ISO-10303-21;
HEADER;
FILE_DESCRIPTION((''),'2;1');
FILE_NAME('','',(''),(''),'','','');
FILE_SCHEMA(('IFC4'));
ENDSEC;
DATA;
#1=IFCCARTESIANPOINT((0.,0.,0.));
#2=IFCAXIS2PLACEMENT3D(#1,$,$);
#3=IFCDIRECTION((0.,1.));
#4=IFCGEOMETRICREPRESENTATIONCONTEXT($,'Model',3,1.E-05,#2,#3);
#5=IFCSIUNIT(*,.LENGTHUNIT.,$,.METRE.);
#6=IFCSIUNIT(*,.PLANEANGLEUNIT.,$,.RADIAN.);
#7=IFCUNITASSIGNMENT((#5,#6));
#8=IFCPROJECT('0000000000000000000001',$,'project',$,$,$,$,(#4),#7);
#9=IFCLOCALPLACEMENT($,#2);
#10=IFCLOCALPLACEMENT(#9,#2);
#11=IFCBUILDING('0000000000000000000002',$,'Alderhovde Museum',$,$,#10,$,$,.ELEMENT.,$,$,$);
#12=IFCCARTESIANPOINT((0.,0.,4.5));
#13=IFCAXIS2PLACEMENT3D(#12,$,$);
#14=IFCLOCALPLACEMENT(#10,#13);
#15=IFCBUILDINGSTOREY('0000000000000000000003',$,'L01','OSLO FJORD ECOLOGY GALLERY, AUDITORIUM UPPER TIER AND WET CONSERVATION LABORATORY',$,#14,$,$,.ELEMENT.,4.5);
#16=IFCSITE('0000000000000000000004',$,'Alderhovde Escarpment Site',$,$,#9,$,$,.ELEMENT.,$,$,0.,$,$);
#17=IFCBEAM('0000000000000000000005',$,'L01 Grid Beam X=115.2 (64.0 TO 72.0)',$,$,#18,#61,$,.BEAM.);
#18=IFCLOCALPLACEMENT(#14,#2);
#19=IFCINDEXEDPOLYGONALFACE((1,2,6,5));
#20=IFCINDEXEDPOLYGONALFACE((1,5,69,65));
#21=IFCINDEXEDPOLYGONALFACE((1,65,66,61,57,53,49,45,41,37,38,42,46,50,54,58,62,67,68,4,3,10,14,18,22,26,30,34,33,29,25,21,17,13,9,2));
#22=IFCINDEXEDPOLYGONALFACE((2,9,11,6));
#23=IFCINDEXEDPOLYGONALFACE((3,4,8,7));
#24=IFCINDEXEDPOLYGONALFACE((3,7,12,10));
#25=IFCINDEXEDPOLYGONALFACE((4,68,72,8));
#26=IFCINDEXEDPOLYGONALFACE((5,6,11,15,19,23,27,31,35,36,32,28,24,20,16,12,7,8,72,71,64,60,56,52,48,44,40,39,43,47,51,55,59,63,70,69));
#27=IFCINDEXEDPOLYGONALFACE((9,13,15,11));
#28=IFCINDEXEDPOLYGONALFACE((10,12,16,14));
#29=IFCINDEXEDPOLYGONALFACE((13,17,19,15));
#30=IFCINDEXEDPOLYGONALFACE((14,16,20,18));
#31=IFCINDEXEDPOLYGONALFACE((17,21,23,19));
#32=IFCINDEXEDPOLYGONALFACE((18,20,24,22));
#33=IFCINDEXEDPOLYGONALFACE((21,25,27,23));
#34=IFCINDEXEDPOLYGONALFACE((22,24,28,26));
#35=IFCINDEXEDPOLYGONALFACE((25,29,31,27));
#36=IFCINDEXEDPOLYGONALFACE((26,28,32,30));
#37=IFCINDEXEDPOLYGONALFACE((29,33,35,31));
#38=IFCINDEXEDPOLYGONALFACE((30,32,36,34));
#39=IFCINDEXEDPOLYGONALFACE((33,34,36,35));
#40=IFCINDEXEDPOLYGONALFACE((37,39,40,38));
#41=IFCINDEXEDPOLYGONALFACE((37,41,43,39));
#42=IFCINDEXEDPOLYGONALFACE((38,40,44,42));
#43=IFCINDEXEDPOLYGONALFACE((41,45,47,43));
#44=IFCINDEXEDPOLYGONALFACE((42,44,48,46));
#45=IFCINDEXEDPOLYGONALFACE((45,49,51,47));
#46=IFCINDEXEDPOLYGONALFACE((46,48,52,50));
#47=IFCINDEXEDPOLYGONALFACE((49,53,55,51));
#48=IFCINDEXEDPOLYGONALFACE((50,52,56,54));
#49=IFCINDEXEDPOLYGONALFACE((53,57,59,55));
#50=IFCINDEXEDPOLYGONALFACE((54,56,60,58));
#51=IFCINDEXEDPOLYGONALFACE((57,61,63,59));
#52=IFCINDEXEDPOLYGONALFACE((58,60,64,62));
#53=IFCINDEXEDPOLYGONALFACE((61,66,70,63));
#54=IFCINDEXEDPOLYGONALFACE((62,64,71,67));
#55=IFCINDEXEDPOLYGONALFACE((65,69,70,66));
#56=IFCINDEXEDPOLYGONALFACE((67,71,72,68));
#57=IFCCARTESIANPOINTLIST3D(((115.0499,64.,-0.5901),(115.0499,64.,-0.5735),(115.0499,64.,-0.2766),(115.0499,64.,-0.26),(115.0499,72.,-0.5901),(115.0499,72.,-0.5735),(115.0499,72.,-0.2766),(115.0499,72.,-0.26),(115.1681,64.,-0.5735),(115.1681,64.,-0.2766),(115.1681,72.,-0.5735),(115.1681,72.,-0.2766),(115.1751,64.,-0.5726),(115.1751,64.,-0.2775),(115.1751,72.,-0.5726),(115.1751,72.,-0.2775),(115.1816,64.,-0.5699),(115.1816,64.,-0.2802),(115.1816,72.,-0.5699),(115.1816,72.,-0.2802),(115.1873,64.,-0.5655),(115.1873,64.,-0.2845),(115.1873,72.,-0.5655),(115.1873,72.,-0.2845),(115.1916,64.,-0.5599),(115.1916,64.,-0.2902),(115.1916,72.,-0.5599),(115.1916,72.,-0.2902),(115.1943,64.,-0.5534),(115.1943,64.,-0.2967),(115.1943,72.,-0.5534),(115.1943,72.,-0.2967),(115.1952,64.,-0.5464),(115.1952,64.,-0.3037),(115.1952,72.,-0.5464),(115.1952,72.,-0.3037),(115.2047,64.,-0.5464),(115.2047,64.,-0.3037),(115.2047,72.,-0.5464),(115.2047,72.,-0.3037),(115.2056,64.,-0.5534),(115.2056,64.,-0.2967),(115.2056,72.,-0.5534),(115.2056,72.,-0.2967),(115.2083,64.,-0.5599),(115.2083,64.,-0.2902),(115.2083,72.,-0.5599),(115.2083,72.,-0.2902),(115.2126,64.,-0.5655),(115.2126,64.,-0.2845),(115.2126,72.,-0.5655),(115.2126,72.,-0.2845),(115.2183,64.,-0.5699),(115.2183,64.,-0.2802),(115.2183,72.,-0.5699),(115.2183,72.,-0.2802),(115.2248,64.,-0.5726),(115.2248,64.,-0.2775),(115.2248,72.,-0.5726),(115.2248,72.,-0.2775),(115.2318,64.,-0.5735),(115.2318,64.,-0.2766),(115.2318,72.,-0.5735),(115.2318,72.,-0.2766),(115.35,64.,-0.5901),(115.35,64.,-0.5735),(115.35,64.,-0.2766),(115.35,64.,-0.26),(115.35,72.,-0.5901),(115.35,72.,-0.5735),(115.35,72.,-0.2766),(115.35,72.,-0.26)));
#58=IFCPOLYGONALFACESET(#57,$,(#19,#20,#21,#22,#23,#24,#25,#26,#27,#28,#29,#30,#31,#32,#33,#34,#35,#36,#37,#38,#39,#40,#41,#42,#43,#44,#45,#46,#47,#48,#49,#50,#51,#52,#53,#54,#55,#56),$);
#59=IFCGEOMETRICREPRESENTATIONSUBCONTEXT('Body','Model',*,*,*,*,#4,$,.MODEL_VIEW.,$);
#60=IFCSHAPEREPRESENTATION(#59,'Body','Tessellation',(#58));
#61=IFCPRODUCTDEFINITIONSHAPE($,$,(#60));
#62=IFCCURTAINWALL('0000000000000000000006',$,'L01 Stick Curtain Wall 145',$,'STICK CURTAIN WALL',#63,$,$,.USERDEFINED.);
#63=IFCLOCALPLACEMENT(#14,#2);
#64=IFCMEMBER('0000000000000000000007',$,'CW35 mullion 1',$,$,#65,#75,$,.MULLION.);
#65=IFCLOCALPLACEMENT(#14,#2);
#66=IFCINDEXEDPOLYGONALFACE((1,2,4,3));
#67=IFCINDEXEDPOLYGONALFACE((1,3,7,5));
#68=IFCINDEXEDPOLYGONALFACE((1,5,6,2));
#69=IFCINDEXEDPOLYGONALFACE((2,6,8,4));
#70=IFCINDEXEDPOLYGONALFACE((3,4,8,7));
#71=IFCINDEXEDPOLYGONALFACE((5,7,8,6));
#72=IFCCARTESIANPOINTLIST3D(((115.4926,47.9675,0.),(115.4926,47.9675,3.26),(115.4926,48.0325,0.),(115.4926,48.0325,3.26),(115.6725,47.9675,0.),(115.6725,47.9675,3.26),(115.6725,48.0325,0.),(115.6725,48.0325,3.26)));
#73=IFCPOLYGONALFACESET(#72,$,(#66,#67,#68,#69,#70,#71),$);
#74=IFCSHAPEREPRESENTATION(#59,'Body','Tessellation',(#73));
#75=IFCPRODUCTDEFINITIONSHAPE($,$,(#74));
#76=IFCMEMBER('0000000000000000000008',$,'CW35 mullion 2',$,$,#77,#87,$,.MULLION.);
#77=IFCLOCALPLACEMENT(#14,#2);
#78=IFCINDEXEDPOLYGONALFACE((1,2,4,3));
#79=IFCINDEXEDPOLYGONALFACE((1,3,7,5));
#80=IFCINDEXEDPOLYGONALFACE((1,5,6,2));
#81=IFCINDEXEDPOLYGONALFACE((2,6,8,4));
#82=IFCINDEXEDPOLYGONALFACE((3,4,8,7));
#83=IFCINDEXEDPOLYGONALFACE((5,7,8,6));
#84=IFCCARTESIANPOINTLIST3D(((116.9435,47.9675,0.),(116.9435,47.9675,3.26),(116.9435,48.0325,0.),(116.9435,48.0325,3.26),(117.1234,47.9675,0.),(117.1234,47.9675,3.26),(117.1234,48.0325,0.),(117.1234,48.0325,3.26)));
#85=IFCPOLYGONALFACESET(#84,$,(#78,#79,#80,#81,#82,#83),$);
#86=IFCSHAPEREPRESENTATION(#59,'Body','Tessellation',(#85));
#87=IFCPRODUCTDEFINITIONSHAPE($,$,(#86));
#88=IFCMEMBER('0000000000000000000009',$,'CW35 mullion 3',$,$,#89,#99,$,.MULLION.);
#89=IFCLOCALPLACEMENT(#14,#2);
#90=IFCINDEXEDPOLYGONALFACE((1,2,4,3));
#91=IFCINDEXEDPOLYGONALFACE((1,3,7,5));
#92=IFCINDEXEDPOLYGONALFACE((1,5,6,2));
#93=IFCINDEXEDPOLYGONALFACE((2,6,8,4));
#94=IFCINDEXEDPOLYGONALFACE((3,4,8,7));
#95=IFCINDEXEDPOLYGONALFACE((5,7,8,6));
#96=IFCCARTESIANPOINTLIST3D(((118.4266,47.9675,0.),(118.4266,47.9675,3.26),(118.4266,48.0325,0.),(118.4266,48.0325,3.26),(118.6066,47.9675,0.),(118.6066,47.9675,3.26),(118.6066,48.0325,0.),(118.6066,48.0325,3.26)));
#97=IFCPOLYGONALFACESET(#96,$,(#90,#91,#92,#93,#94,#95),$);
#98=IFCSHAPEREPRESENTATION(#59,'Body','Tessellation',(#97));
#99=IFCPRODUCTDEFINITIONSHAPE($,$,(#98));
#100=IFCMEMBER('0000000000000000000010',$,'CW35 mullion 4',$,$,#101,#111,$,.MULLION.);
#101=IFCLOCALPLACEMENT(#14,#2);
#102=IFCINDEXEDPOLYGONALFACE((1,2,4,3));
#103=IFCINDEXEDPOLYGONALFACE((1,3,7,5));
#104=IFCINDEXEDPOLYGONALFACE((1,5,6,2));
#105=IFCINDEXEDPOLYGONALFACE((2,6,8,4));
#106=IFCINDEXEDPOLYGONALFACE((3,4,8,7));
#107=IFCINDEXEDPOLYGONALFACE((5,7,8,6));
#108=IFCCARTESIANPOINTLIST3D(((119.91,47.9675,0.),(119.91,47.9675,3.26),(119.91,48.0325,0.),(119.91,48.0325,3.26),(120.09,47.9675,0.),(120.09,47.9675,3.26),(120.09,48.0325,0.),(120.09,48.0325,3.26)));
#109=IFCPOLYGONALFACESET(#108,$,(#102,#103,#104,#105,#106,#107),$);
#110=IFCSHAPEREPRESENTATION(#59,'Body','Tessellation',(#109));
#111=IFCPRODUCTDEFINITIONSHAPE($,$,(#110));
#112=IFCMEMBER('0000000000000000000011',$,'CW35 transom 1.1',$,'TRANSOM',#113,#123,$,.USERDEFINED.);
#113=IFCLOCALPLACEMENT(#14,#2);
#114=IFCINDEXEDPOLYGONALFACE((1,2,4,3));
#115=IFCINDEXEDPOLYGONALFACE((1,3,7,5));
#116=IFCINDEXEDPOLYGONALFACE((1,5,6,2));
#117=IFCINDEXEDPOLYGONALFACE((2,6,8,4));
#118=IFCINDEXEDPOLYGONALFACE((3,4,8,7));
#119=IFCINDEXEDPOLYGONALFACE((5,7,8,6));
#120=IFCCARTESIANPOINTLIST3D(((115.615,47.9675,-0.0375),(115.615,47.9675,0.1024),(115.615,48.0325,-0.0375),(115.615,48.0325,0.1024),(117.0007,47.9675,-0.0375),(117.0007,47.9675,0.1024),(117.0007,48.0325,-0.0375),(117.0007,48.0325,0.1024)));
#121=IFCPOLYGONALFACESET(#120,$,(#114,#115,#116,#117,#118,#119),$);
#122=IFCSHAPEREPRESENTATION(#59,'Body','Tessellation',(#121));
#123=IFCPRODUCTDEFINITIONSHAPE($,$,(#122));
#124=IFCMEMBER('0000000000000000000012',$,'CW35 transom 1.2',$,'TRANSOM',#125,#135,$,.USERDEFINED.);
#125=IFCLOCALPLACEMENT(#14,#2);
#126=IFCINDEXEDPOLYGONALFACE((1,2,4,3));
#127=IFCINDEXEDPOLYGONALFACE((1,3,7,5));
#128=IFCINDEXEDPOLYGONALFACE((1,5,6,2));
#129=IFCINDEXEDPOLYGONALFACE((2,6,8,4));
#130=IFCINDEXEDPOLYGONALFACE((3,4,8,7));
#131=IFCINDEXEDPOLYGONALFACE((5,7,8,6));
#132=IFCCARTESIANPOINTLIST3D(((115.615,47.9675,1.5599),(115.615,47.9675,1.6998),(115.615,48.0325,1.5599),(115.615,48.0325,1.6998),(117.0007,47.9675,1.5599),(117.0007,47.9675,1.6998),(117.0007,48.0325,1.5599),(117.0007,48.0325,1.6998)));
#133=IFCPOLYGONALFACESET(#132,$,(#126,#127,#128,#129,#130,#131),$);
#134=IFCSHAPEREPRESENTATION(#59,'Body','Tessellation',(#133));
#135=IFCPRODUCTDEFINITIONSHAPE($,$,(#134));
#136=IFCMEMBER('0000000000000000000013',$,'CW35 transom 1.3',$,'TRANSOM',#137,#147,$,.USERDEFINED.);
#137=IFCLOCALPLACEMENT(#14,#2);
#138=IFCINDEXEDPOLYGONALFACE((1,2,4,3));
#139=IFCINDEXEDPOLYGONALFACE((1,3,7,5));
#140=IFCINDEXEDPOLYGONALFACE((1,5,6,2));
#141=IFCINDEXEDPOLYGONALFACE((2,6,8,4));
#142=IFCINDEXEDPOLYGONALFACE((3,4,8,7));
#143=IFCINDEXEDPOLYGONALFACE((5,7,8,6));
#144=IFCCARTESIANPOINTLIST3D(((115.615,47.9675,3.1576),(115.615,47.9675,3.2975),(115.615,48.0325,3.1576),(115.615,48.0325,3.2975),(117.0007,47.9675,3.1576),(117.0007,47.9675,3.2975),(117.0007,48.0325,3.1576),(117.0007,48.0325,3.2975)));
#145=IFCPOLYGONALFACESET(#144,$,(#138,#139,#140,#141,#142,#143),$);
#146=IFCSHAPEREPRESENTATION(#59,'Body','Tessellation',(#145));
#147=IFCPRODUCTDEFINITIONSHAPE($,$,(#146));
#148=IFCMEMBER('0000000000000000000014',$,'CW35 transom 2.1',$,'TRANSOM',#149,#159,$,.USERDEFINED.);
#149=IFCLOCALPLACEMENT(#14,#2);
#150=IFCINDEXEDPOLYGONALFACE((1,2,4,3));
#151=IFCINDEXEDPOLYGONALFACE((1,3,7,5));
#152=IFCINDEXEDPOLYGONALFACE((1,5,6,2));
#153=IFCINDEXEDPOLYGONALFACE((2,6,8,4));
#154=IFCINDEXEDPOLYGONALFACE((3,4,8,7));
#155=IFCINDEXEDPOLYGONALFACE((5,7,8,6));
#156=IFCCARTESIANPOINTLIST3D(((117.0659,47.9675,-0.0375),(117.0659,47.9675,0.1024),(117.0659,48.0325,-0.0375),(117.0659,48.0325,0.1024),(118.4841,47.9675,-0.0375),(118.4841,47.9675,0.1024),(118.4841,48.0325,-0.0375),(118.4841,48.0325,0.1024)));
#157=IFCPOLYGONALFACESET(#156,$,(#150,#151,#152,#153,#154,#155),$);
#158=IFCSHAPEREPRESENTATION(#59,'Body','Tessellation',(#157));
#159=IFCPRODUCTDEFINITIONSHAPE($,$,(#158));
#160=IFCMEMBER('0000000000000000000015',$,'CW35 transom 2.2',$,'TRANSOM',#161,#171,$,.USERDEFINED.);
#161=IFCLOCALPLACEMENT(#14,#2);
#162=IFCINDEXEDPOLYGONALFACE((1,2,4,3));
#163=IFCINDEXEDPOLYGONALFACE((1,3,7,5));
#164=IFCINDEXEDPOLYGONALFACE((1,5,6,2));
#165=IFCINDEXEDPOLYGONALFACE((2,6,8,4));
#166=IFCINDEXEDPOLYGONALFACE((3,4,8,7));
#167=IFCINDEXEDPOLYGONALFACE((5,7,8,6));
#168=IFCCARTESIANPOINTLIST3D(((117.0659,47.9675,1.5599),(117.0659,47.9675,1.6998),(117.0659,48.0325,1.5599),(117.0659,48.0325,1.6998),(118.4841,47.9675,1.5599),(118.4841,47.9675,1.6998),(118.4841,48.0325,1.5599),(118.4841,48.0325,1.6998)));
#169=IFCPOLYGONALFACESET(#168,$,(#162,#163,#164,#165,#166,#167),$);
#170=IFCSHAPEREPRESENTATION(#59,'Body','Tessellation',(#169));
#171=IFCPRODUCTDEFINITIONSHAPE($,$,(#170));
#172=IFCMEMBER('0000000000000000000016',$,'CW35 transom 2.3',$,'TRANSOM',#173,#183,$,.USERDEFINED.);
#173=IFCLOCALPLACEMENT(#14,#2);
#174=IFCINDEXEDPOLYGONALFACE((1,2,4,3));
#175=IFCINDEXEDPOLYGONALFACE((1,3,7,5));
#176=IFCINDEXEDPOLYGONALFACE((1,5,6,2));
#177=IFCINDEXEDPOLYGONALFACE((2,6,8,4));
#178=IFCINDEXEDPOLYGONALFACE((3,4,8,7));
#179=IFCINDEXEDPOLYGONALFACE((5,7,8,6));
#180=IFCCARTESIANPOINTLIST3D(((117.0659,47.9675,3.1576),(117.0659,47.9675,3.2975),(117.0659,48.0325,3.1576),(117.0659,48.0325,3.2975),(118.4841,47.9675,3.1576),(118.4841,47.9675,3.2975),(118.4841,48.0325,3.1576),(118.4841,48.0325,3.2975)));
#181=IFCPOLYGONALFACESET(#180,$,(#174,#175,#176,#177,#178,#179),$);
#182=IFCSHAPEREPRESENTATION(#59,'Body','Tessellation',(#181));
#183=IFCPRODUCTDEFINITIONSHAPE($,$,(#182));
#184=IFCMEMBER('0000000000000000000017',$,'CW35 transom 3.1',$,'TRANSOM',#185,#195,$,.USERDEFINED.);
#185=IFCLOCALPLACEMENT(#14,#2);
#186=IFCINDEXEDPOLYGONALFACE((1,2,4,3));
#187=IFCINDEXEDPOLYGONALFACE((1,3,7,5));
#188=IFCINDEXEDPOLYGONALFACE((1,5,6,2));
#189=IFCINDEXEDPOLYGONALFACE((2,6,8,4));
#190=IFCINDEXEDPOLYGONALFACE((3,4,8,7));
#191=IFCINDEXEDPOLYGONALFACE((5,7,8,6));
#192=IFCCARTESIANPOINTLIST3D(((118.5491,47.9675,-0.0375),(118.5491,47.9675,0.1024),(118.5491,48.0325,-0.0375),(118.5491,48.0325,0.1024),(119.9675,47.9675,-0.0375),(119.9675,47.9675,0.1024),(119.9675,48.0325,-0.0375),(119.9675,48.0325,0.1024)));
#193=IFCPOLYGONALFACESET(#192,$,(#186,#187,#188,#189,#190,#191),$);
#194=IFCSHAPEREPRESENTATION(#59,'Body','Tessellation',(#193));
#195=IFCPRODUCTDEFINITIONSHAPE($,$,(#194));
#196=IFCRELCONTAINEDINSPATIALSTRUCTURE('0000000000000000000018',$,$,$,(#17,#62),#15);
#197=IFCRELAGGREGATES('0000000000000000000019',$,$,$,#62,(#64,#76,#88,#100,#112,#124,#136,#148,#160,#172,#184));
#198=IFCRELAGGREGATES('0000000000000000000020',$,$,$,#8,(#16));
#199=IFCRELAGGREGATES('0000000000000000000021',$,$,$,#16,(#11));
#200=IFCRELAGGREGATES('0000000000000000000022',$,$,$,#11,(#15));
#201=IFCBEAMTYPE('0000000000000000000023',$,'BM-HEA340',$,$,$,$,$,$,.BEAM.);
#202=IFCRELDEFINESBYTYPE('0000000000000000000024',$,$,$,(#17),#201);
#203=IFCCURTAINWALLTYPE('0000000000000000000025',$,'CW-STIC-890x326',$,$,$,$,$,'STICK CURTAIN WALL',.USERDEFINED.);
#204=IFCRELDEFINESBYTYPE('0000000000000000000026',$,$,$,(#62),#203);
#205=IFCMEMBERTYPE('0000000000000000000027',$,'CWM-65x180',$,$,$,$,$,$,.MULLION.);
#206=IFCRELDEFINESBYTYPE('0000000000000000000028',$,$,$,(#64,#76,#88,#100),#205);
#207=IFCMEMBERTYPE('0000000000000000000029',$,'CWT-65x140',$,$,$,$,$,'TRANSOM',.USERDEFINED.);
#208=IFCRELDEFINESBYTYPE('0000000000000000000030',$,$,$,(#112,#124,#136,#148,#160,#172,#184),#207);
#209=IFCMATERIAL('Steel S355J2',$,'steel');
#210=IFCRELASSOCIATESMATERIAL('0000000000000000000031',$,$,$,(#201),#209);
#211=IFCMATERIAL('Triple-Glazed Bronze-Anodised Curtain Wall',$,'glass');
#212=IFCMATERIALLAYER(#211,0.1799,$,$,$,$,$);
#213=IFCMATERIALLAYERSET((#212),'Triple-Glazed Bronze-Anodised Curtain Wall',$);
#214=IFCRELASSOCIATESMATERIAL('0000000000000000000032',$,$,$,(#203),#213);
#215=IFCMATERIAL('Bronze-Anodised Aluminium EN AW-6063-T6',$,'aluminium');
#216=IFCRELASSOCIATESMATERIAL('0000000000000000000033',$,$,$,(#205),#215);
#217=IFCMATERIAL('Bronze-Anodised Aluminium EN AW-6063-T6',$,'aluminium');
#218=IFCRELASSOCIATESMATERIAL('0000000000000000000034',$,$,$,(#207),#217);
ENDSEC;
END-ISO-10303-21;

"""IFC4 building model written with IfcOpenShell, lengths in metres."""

from ifc_helpers import new_model, si_unit, direction, frame, origin, origin_2d, place, context, subcontext, project, spatial, rectangle, i_section, extrude, material, layer, layer_set, material_profile, profile_set, type_object, element, aggregate, save


model = new_model("IFC4")

# Units and contexts
model_context = context("Model", 3, precision=1e-05, world=origin(), true_north=direction((0.0, 1.0)))
body_context = subcontext(model_context, "Body", "Model", "MODEL_VIEW")
ifc_project = project(units=[si_unit("LENGTHUNIT", "METRE"), si_unit("PLANEANGLEUNIT", "RADIAN")], contexts=[model_context])

# Site, building, storey
site_placement = place(None, origin())
site = spatial("IfcSite", under=ifc_project, at=site_placement, Name="Alderhovde Escarpment Site", CompositionType="ELEMENT", RefElevation=0.0)
building_placement = place(site_placement, origin())
building = spatial("IfcBuilding", under=site, at=building_placement, Name="Alderhovde Museum", CompositionType="ELEMENT")
storey_placement = place(building_placement, frame((0.0, 0.0, 4.5)))
storey = spatial("IfcBuildingStorey", under=building, at=storey_placement, Name="L01", Description="OSLO FJORD ECOLOGY GALLERY, AUDITORIUM UPPER TIER AND WET CONSERVATION LABORATORY", CompositionType="ELEMENT", Elevation=4.5)

# Beam
ifc_material_1 = material(Name="Steel S355J2", Category="steel")
ifc_material_profile_1 = material_profile(ifc_material_1, i_section(OverallWidth=0.3, OverallDepth=0.3301, WebThickness=0.0095, FlangeThickness=0.0166, FilletRadius=0.0271, at=origin_2d()), Name="HEA 340")
ifc_profile_set_1 = profile_set([ifc_material_profile_1], Name="Steel S355J2")
beam_type_1 = type_object("IfcBeamType", Name="BM-HEA340", PredefinedType="BEAM", material=ifc_profile_set_1)
for number, where, z_axis, x_axis, name in (
    (1, (115.2, 64.0, -0.425), (0.0, 1.0, 0.0), (-1.0, 0.0, 0.0), "L01 Grid Beam X=115.2 (64.0 TO 72.0)"),
):
    element("IfcBeam", number, at=place(storey_placement, frame(where, z_axis=z_axis, x_axis=x_axis)), inside=storey, type_object=beam_type_1, Name=name, PredefinedType="BEAM", context=body_context, shape_type="SweptSolid", body=[
        extrude(i_section(OverallWidth=0.3, OverallDepth=0.3301, WebThickness=0.0095, FlangeThickness=0.0166, FilletRadius=0.0271, at=origin_2d()), origin(), (0.0, 0.0, 1.0), 8.0),
    ])

# Curtain wall, members
ifc_material_2 = material(Name="Triple-Glazed Bronze-Anodised Curtain Wall", Category="glass")
ifc_layer_1 = layer(ifc_material_2, 0.1799)
ifc_layer_set_1 = layer_set([ifc_layer_1], Name="Triple-Glazed Bronze-Anodised Curtain Wall")
curtain_wall_type = type_object("IfcCurtainWallType", Name="CW-STIC-890x326", ElementType="STICK CURTAIN WALL", PredefinedType="USERDEFINED", material=ifc_layer_set_1)
curtain_wall_placement = place(storey_placement, origin())
curtain_wall = element("IfcCurtainWall", 2, at=curtain_wall_placement, inside=storey, type_object=curtain_wall_type, Name="L01 Stick Curtain Wall 145", ObjectType="STICK CURTAIN WALL", PredefinedType="USERDEFINED")
ifc_material_3 = material(Name="Bronze-Anodised Aluminium EN AW-6063-T6", Category="aluminium")
ifc_material_profile_2 = material_profile(ifc_material_3, rectangle(XDim=0.0649, YDim=0.1799, at=origin_2d()), Name="MULLION 65x180")
ifc_profile_set_2 = profile_set([ifc_material_profile_2], Name="Bronze-Anodised Aluminium EN AW-6063-T6")
member_type_1 = type_object("IfcMemberType", Name="CWM-65x180", PredefinedType="MULLION", material=ifc_profile_set_2)
member_1_placement = place(storey_placement, frame((115.5825, 48.0, 0.0), z_axis=(0.0, 0.0, 1.0), x_axis=(0.0, 1.0, 0.0)))
member_1 = element("IfcMember", 3, at=member_1_placement, type_object=member_type_1, Name="CW35 mullion 1", PredefinedType="MULLION", context=body_context, shape_type="SweptSolid", body=[
    extrude(rectangle(XDim=0.0649, YDim=0.1799, at=origin_2d()), origin(), (0.0, 0.0, 1.0), 3.26),
])
member_2_placement = place(storey_placement, frame((117.0334, 48.0, 0.0), z_axis=(0.0, 0.0, 1.0), x_axis=(0.0, 1.0, 0.0)))
member_2 = element("IfcMember", 4, at=member_2_placement, type_object=member_type_1, Name="CW35 mullion 2", PredefinedType="MULLION", context=body_context, shape_type="SweptSolid", body=[
    extrude(rectangle(XDim=0.0649, YDim=0.1799, at=origin_2d()), origin(), (0.0, 0.0, 1.0), 3.26),
])
member_3_placement = place(storey_placement, frame((118.5166, 48.0, 0.0), z_axis=(0.0, 0.0, 1.0), x_axis=(0.0, 1.0, 0.0)))
member_3 = element("IfcMember", 5, at=member_3_placement, type_object=member_type_1, Name="CW35 mullion 3", PredefinedType="MULLION", context=body_context, shape_type="SweptSolid", body=[
    extrude(rectangle(XDim=0.0649, YDim=0.1799, at=origin_2d()), origin(), (0.0, 0.0, 1.0), 3.26),
])
member_4_placement = place(storey_placement, frame((120.0, 48.0, 0.0), z_axis=(0.0, 0.0, 1.0), x_axis=(0.0, 1.0, 0.0)))
member_4 = element("IfcMember", 6, at=member_4_placement, type_object=member_type_1, Name="CW35 mullion 4", PredefinedType="MULLION", context=body_context, shape_type="SweptSolid", body=[
    extrude(rectangle(XDim=0.0649, YDim=0.1799, at=origin_2d()), origin(), (0.0, 0.0, 1.0), 3.26),
])
ifc_material_4 = material(Name="Bronze-Anodised Aluminium EN AW-6063-T6", Category="aluminium")
ifc_material_profile_3 = material_profile(ifc_material_4, rectangle(XDim=0.0649, YDim=0.1399, at=origin_2d()), Name="TRANSOM 65x140")
ifc_profile_set_3 = profile_set([ifc_material_profile_3], Name="Bronze-Anodised Aluminium EN AW-6063-T6")
member_type_2 = type_object("IfcMemberType", Name="CWT-65x140", ElementType="TRANSOM", PredefinedType="USERDEFINED", material=ifc_profile_set_3)
member_5_placement = place(storey_placement, frame((115.615, 48.0, 0.0325), z_axis=(1.0, 0.0, 0.0), x_axis=(0.0, 1.0, 0.0)))
member_5 = element("IfcMember", 7, at=member_5_placement, type_object=member_type_2, Name="CW35 transom 1.1", ObjectType="TRANSOM", PredefinedType="USERDEFINED", context=body_context, shape_type="SweptSolid", body=[
    extrude(rectangle(XDim=0.0649, YDim=0.1399, at=origin_2d()), origin(), (0.0, 0.0, 1.0), 1.3857),
])
member_6_placement = place(storey_placement, frame((115.615, 48.0, 1.6299), z_axis=(1.0, 0.0, 0.0), x_axis=(0.0, 1.0, 0.0)))
member_6 = element("IfcMember", 8, at=member_6_placement, type_object=member_type_2, Name="CW35 transom 1.2", ObjectType="TRANSOM", PredefinedType="USERDEFINED", context=body_context, shape_type="SweptSolid", body=[
    extrude(rectangle(XDim=0.0649, YDim=0.1399, at=origin_2d()), origin(), (0.0, 0.0, 1.0), 1.3857),
])
member_7_placement = place(storey_placement, frame((115.615, 48.0, 3.2275), z_axis=(1.0, 0.0, 0.0), x_axis=(0.0, 1.0, 0.0)))
member_7 = element("IfcMember", 9, at=member_7_placement, type_object=member_type_2, Name="CW35 transom 1.3", ObjectType="TRANSOM", PredefinedType="USERDEFINED", context=body_context, shape_type="SweptSolid", body=[
    extrude(rectangle(XDim=0.0649, YDim=0.1399, at=origin_2d()), origin(), (0.0, 0.0, 1.0), 1.3857),
])
member_8_placement = place(storey_placement, frame((117.0659, 48.0, 0.0325), z_axis=(1.0, 0.0, 0.0), x_axis=(0.0, 1.0, 0.0)))
member_8 = element("IfcMember", 10, at=member_8_placement, type_object=member_type_2, Name="CW35 transom 2.1", ObjectType="TRANSOM", PredefinedType="USERDEFINED", context=body_context, shape_type="SweptSolid", body=[
    extrude(rectangle(XDim=0.0649, YDim=0.1399, at=origin_2d()), origin(), (0.0, 0.0, 1.0), 1.4182),
])
member_9_placement = place(storey_placement, frame((117.0659, 48.0, 1.6299), z_axis=(1.0, 0.0, 0.0), x_axis=(0.0, 1.0, 0.0)))
member_9 = element("IfcMember", 11, at=member_9_placement, type_object=member_type_2, Name="CW35 transom 2.2", ObjectType="TRANSOM", PredefinedType="USERDEFINED", context=body_context, shape_type="SweptSolid", body=[
    extrude(rectangle(XDim=0.0649, YDim=0.1399, at=origin_2d()), origin(), (0.0, 0.0, 1.0), 1.4182),
])
member_10_placement = place(storey_placement, frame((117.0659, 48.0, 3.2275), z_axis=(1.0, 0.0, 0.0), x_axis=(0.0, 1.0, 0.0)))
member_10 = element("IfcMember", 12, at=member_10_placement, type_object=member_type_2, Name="CW35 transom 2.3", ObjectType="TRANSOM", PredefinedType="USERDEFINED", context=body_context, shape_type="SweptSolid", body=[
    extrude(rectangle(XDim=0.0649, YDim=0.1399, at=origin_2d()), origin(), (0.0, 0.0, 1.0), 1.4182),
])
member_11_placement = place(storey_placement, frame((118.5491, 48.0, 0.0325), z_axis=(1.0, 0.0, 0.0), x_axis=(0.0, 1.0, 0.0)))
member_11 = element("IfcMember", 13, at=member_11_placement, type_object=member_type_2, Name="CW35 transom 3.1", ObjectType="TRANSOM", PredefinedType="USERDEFINED", context=body_context, shape_type="SweptSolid", body=[
    extrude(rectangle(XDim=0.0649, YDim=0.1399, at=origin_2d()), origin(), (0.0, 0.0, 1.0), 1.4185),
])

aggregate(curtain_wall, [member_1, member_2, member_3, member_4, member_5, member_6, member_7, member_8, member_9, member_10, member_11])

save(model, "model.ifc")
